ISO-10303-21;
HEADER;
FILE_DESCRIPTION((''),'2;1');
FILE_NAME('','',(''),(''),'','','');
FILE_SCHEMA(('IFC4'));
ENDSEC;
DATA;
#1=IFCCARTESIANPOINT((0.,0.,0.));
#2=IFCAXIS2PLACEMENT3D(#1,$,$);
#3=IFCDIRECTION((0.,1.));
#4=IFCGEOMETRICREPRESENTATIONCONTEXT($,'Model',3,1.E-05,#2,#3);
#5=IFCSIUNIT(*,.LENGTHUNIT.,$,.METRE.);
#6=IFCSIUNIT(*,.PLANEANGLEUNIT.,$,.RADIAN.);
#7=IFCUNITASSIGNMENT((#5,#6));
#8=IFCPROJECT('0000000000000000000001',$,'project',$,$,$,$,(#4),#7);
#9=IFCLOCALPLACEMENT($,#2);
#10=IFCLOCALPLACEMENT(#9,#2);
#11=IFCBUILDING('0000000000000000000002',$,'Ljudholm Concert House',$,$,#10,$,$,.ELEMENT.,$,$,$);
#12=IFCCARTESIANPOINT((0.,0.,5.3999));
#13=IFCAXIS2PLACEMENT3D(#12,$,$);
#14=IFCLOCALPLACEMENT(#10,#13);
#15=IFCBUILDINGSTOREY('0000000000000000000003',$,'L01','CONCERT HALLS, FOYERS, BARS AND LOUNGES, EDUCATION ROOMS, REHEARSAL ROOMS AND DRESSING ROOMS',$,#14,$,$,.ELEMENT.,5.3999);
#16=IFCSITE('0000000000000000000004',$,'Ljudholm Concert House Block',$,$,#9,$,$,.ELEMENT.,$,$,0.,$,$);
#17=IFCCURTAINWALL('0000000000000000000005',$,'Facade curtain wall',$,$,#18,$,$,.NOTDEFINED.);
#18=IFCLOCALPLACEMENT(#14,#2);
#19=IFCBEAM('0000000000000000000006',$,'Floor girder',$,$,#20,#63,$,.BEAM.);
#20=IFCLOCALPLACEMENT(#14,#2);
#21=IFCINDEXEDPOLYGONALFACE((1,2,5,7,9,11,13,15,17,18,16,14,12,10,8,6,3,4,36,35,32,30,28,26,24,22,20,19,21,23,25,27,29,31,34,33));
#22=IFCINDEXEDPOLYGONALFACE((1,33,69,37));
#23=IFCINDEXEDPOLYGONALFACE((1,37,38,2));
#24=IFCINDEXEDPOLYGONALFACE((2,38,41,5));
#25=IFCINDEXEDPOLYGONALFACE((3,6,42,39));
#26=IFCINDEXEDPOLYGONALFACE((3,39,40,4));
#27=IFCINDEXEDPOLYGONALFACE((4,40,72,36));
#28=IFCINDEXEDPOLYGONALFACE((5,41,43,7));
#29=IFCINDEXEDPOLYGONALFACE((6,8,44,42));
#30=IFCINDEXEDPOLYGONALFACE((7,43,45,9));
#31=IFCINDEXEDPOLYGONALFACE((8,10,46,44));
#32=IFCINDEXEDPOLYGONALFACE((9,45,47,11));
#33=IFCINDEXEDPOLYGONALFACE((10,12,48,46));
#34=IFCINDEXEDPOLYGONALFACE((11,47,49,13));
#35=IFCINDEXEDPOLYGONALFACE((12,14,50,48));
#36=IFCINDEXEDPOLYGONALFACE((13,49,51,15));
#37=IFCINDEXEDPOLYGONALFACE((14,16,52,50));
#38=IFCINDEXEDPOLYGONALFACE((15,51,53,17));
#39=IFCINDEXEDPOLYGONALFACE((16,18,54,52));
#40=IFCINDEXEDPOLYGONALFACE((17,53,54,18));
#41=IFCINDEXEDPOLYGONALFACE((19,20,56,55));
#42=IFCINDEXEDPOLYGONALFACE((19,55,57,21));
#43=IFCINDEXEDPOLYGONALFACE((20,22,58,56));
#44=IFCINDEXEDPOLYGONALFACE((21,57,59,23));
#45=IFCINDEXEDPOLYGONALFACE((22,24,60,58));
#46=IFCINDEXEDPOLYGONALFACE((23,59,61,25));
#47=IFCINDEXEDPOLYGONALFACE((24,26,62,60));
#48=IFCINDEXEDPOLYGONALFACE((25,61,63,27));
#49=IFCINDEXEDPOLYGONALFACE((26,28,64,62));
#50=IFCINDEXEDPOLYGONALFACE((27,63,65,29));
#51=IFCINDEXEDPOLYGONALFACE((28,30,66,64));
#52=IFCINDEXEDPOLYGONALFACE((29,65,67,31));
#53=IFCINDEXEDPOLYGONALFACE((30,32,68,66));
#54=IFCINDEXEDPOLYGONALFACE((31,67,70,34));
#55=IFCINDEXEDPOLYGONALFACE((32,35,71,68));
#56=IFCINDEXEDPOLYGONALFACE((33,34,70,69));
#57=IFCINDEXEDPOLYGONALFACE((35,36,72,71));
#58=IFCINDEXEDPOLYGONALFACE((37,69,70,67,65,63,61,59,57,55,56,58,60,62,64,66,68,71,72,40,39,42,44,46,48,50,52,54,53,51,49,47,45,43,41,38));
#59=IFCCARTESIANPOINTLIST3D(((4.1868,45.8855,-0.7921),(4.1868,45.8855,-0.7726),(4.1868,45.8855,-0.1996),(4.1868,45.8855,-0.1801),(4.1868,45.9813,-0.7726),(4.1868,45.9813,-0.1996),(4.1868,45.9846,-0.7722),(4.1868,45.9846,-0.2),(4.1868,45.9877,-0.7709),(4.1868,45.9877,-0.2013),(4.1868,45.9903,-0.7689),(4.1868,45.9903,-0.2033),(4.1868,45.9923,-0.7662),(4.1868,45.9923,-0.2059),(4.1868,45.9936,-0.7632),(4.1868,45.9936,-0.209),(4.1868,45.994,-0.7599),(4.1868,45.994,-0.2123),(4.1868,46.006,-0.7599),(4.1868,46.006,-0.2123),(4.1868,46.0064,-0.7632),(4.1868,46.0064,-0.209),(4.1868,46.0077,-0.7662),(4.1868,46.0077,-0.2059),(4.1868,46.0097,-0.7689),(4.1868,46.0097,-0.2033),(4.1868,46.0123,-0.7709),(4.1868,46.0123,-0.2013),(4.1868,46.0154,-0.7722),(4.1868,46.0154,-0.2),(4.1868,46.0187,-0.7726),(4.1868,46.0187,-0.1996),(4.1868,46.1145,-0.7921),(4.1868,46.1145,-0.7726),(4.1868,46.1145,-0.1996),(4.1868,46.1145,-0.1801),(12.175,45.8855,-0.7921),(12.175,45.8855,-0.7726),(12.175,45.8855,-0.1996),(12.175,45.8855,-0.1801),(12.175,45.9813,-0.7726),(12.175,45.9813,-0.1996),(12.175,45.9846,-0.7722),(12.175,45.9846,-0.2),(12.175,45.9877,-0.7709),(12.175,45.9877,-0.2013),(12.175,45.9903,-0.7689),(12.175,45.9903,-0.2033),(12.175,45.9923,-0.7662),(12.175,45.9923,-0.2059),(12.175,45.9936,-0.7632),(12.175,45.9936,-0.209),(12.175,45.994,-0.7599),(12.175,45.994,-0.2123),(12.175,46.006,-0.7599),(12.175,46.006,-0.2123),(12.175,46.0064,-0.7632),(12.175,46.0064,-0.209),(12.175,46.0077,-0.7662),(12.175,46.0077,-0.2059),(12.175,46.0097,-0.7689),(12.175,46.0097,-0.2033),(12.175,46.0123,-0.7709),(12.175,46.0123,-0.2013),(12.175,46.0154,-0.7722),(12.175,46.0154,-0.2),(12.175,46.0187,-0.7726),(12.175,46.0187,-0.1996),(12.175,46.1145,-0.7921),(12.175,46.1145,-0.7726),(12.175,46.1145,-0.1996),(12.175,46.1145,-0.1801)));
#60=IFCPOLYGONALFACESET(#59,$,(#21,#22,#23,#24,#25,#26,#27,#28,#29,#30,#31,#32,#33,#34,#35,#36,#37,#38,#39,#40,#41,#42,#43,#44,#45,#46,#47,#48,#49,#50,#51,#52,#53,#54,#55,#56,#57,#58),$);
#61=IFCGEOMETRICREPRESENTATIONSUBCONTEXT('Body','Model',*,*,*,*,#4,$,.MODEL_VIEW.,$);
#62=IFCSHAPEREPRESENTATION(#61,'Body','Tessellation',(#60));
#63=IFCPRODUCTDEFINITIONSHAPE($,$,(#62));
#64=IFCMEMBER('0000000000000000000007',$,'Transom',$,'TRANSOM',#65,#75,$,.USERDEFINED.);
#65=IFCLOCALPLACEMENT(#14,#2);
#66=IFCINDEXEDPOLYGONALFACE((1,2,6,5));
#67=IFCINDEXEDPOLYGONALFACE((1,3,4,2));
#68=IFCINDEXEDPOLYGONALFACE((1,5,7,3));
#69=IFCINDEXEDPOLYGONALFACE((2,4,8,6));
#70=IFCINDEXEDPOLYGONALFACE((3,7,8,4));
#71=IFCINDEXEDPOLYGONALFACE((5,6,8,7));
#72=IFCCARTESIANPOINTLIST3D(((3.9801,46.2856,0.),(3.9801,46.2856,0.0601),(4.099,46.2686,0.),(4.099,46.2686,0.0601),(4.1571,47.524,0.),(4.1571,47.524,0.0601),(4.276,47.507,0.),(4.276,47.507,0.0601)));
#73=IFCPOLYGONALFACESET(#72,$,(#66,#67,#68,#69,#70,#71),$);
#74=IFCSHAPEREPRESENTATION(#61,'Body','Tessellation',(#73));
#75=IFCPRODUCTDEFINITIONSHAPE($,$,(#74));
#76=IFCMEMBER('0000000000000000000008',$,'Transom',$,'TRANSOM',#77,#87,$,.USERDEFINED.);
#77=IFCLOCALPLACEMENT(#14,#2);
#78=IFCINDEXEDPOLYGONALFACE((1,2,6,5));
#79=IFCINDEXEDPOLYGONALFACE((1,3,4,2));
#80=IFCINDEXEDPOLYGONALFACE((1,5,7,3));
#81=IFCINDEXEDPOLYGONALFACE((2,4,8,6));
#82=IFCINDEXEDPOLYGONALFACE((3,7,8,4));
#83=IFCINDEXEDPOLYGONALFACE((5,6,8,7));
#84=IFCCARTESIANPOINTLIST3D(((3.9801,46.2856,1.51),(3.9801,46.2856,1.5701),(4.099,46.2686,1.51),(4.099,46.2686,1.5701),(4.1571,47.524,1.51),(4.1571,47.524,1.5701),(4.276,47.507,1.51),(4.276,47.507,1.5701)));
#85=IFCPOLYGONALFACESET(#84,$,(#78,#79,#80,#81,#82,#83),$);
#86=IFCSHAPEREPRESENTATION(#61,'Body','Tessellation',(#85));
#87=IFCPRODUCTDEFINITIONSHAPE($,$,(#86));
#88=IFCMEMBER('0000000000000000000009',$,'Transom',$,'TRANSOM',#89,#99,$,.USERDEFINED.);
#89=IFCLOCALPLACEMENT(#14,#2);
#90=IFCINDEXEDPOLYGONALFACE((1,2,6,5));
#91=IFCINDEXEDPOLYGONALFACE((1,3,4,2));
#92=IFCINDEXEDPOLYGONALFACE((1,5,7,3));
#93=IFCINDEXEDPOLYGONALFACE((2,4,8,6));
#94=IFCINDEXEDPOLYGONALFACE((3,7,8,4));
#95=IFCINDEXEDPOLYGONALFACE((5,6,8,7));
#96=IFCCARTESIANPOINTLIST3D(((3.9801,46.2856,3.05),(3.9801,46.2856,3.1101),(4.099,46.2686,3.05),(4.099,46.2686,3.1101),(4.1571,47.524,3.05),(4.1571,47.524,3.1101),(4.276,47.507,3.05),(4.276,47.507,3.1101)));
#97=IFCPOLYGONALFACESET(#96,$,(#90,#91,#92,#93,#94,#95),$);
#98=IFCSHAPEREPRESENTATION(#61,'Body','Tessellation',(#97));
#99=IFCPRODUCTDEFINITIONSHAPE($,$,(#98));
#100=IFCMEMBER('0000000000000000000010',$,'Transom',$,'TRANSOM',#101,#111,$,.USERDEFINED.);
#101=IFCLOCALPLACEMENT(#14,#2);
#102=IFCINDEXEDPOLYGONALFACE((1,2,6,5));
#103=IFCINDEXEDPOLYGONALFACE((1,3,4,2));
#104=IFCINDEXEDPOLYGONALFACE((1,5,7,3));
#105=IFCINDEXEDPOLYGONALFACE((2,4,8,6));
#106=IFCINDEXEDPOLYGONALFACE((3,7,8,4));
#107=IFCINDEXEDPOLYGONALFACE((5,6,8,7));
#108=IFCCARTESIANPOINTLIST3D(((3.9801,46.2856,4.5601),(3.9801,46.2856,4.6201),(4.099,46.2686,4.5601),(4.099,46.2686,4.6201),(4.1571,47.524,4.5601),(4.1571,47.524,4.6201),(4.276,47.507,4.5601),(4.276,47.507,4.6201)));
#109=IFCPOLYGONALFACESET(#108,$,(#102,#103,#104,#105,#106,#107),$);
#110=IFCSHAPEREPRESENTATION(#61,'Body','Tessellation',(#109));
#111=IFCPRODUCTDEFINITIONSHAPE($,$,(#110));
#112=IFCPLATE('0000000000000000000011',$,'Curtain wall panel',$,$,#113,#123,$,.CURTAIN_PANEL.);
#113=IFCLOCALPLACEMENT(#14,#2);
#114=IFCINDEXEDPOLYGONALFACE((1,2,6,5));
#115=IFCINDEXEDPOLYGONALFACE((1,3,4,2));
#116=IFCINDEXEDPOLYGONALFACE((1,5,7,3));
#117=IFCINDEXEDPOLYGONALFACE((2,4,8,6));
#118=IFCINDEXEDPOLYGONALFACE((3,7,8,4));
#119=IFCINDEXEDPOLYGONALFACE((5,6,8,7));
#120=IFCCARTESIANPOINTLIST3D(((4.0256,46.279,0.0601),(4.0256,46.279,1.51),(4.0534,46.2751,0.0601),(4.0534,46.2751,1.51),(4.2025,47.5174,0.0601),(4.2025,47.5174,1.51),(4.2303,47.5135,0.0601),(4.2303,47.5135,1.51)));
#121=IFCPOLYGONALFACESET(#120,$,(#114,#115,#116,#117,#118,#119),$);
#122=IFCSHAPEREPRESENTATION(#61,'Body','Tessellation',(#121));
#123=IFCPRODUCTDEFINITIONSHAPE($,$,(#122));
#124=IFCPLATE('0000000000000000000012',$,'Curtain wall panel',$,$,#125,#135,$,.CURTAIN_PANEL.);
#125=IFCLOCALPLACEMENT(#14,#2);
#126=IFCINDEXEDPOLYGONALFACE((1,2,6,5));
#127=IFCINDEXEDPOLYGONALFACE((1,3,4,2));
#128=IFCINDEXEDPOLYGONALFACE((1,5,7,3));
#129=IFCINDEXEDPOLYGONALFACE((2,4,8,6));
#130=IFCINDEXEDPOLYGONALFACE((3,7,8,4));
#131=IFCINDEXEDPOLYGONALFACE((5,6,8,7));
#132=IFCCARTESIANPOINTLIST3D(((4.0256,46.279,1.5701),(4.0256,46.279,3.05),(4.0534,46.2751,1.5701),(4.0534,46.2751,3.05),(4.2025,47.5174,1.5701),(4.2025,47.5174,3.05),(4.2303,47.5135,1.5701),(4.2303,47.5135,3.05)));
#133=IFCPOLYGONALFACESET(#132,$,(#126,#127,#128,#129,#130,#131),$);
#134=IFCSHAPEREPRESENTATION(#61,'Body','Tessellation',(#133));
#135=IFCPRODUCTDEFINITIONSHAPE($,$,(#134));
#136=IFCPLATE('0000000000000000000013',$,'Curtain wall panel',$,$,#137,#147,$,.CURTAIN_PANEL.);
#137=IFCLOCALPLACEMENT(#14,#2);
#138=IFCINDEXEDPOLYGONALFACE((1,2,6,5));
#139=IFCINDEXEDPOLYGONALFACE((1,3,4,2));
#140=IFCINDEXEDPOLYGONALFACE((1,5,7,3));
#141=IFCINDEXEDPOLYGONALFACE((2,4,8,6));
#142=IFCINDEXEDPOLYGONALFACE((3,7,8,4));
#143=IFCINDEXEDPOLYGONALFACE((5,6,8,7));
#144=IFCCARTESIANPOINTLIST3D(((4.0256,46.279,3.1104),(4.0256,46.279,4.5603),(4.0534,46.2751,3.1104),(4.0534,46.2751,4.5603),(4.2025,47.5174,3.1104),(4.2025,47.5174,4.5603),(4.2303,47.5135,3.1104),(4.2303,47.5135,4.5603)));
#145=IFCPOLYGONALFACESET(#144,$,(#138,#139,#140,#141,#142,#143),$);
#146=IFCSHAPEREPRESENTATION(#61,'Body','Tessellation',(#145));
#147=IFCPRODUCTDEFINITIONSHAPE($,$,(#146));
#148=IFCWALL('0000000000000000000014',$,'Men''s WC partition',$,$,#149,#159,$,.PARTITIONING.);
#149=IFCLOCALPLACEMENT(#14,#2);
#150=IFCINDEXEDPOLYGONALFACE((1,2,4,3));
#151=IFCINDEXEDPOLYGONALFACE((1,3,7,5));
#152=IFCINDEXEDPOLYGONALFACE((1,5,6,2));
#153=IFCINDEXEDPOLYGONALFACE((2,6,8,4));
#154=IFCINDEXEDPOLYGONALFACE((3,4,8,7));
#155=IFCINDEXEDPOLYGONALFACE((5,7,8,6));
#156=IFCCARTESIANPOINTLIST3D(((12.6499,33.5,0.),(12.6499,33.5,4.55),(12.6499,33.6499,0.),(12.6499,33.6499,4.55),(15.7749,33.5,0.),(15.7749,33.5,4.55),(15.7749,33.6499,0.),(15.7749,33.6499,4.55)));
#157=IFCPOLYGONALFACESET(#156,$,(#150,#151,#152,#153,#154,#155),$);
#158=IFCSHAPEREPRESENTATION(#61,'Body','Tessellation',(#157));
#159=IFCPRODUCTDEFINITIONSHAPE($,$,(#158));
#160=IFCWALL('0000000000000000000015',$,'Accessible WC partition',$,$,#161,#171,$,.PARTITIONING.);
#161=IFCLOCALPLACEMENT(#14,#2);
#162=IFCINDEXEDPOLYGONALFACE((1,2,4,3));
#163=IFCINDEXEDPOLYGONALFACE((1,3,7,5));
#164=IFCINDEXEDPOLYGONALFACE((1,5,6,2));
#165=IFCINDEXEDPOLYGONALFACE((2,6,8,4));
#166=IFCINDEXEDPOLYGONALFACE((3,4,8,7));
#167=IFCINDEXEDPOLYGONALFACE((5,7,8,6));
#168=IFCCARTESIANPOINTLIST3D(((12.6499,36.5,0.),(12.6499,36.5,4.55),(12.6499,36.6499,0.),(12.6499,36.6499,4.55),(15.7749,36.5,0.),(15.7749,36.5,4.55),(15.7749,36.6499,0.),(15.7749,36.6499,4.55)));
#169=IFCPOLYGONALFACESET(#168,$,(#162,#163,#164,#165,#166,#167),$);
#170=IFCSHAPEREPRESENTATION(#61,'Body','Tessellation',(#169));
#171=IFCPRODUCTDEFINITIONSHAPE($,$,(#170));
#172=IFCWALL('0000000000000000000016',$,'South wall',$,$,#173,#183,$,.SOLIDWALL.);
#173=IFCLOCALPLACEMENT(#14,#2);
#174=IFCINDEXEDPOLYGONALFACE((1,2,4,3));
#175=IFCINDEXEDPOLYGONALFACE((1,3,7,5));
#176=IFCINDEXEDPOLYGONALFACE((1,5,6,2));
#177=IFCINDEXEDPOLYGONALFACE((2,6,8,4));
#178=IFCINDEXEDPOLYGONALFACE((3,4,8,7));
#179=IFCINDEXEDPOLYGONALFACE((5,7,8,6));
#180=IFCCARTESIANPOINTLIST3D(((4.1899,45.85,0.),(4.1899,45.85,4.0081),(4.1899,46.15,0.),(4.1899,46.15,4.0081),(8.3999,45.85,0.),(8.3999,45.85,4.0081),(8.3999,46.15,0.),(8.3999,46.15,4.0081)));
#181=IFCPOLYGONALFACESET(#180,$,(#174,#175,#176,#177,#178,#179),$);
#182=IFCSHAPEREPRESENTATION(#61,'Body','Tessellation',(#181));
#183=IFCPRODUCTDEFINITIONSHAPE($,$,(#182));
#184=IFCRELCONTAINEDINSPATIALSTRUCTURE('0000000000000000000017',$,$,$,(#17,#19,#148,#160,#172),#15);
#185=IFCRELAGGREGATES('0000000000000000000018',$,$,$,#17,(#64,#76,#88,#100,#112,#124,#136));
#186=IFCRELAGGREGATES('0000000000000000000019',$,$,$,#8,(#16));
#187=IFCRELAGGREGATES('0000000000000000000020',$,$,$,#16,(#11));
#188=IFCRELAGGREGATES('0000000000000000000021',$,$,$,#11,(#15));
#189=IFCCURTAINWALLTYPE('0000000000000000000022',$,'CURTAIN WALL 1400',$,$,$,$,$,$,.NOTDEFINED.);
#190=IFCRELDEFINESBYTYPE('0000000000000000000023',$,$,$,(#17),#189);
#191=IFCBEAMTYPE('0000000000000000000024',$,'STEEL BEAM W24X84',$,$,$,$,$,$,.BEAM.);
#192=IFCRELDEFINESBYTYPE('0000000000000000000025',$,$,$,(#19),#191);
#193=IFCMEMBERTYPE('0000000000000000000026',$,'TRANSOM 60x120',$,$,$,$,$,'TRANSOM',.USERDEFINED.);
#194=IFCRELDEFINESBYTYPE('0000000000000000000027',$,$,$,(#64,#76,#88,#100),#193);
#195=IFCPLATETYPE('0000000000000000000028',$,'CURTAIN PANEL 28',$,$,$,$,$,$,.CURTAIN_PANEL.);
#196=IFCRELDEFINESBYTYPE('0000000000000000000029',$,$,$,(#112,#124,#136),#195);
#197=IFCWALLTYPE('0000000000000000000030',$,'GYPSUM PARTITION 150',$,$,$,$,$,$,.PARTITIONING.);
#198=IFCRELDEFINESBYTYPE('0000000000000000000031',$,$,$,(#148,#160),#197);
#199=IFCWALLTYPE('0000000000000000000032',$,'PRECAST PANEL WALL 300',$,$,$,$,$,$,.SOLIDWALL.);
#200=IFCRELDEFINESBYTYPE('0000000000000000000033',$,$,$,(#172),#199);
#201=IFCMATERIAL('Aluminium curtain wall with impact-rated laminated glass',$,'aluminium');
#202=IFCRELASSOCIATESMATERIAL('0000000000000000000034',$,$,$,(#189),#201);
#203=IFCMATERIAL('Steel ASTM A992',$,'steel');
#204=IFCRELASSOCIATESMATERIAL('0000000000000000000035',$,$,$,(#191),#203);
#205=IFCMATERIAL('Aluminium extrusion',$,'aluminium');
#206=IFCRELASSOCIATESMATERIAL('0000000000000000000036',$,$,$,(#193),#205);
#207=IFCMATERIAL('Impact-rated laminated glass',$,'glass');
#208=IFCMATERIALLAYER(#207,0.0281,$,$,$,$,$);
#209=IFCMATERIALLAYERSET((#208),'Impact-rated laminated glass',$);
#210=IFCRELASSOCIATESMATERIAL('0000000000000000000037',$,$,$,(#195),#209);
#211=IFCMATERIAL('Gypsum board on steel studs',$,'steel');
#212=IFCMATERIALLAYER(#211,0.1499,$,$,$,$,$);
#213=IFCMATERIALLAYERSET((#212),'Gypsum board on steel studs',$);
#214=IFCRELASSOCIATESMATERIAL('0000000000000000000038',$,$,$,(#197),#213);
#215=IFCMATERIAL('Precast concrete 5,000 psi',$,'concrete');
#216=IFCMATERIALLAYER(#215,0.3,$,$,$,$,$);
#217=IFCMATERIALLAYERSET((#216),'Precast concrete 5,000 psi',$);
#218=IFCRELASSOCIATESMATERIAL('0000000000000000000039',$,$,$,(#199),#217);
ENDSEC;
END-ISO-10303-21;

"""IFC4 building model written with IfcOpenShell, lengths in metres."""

from ifc_helpers import new_model, si_unit, direction, frame, frame_2d, origin, origin_2d, place, context, subcontext, project, spatial, rectangle, i_section, extrude, material, layer, layer_set, material_profile, profile_set, type_object, element, aggregate, save


model = new_model("IFC4")

# Units and contexts
model_context = context("Model", 3, precision=1e-05, world=origin(), true_north=direction((0.0, 1.0)))
body_context = subcontext(model_context, "Body", "Model", "MODEL_VIEW")
ifc_project = project(units=[si_unit("LENGTHUNIT", "METRE"), si_unit("PLANEANGLEUNIT", "RADIAN")], contexts=[model_context])

# Site, building, storey
site_placement = place(None, origin())
site = spatial("IfcSite", under=ifc_project, at=site_placement, Name="Ljudholm Concert House Block", CompositionType="ELEMENT", RefElevation=0.0)
building_placement = place(site_placement, origin())
building = spatial("IfcBuilding", under=site, at=building_placement, Name="Ljudholm Concert House", CompositionType="ELEMENT")
storey_placement = place(building_placement, frame((0.0, 0.0, 5.3999)))
storey = spatial("IfcBuildingStorey", under=building, at=storey_placement, Name="L01", Description="CONCERT HALLS, FOYERS, BARS AND LOUNGES, EDUCATION ROOMS, REHEARSAL ROOMS AND DRESSING ROOMS", CompositionType="ELEMENT", Elevation=5.3999)

# Curtain wall
ifc_material_1 = material(Name="Aluminium curtain wall with impact-rated laminated glass", Category="aluminium")
curtain_wall_type = type_object("IfcCurtainWallType", Name="CURTAIN WALL 1400", PredefinedType="NOTDEFINED", material=ifc_material_1)
curtain_wall_placement = place(storey_placement, origin())
curtain_wall = element("IfcCurtainWall", 1, at=curtain_wall_placement, inside=storey, type_object=curtain_wall_type, Name="Facade curtain wall", PredefinedType="NOTDEFINED")

# Beam
ifc_material_2 = material(Name="Steel ASTM A992", Category="steel")
ifc_material_profile_1 = material_profile(ifc_material_2, i_section(OverallWidth=0.229, OverallDepth=0.6121, WebThickness=0.012, FlangeThickness=0.0195, FilletRadius=0.0127, at=origin_2d()), Name="W24X84")
ifc_profile_set_1 = profile_set([ifc_material_profile_1], Name="Steel ASTM A992")
beam_type_1 = type_object("IfcBeamType", Name="STEEL BEAM W24X84", PredefinedType="BEAM", material=ifc_profile_set_1)
beam_1_placement = place(storey_placement, frame((4.1868, 46.0, -0.4861), z_axis=(1.0, 0.0, 0.0), x_axis=(0.0, 1.0, 0.0)))
element("IfcBeam", 2, at=beam_1_placement, inside=storey, type_object=beam_type_1, Name="Floor girder", PredefinedType="BEAM", context=body_context, shape_type="SweptSolid", body=[
    extrude(i_section(OverallWidth=0.229, OverallDepth=0.6121, WebThickness=0.012, FlangeThickness=0.0195, FilletRadius=0.0127, at=origin_2d()), origin(), (0.0, 0.0, 1.0), 7.9883),
])

# Members
ifc_material_3 = material(Name="Aluminium extrusion", Category="aluminium")
ifc_material_profile_2 = material_profile(ifc_material_3, rectangle(XDim=0.1201, YDim=0.0601, at=origin_2d()), Name="TRANSOM 60x120")
ifc_profile_set_2 = profile_set([ifc_material_profile_2], Name="Aluminium extrusion")
member_type_1 = type_object("IfcMemberType", Name="TRANSOM 60x120", ElementType="TRANSOM", PredefinedType="USERDEFINED", material=ifc_profile_set_2)
member_1_placement = place(storey_placement, frame((4.0396, 46.2771, 0.03), z_axis=(0.141503, 0.989938, 0.0), x_axis=(-0.989938, 0.141503, 0.0)))
member_1 = element("IfcMember", 3, at=member_1_placement, type_object=member_type_1, Name="Transom", ObjectType="TRANSOM", PredefinedType="USERDEFINED", context=body_context, shape_type="SweptSolid", body=[
    extrude(rectangle(XDim=0.1201, YDim=0.0601, at=origin_2d()), origin(), (0.0, 0.0, 1.0), 1.251),
])
member_2_placement = place(storey_placement, frame((4.0396, 46.2771, 1.54), z_axis=(0.141503, 0.989938, 0.0), x_axis=(-0.989938, 0.141503, 0.0)))
member_2 = element("IfcMember", 4, at=member_2_placement, type_object=member_type_1, Name="Transom", ObjectType="TRANSOM", PredefinedType="USERDEFINED", context=body_context, shape_type="SweptSolid", body=[
    extrude(rectangle(XDim=0.1201, YDim=0.0601, at=origin_2d()), origin(), (0.0, 0.0, 1.0), 1.251),
])
member_3_placement = place(storey_placement, frame((4.0396, 46.2771, 3.0801), z_axis=(0.141503, 0.989938, 0.0), x_axis=(-0.989938, 0.141503, 0.0)))
member_3 = element("IfcMember", 5, at=member_3_placement, type_object=member_type_1, Name="Transom", ObjectType="TRANSOM", PredefinedType="USERDEFINED", context=body_context, shape_type="SweptSolid", body=[
    extrude(rectangle(XDim=0.1201, YDim=0.0601, at=origin_2d()), origin(), (0.0, 0.0, 1.0), 1.251),
])
member_4_placement = place(storey_placement, frame((4.0396, 46.2771, 4.5901), z_axis=(0.141503, 0.989938, 0.0), x_axis=(-0.989938, 0.141503, 0.0)))
member_4 = element("IfcMember", 6, at=member_4_placement, type_object=member_type_1, Name="Transom", ObjectType="TRANSOM", PredefinedType="USERDEFINED", context=body_context, shape_type="SweptSolid", body=[
    extrude(rectangle(XDim=0.1201, YDim=0.0601, at=origin_2d()), origin(), (0.0, 0.0, 1.0), 1.251),
])

# Plates
ifc_material_4 = material(Name="Impact-rated laminated glass", Category="glass")
ifc_layer_1 = layer(ifc_material_4, 0.0281)
ifc_layer_set_1 = layer_set([ifc_layer_1], Name="Impact-rated laminated glass")
plate_type = type_object("IfcPlateType", Name="CURTAIN PANEL 28", PredefinedType="CURTAIN_PANEL", material=ifc_layer_set_1)
plate_1_placement = place(storey_placement, frame((4.1279, 46.8962, 0.0601), z_axis=(0.0, 0.0, 1.0), x_axis=(0.141421, 0.989949, 0.0)))
plate_1 = element("IfcPlate", 7, at=plate_1_placement, type_object=plate_type, Name="Curtain wall panel", PredefinedType="CURTAIN_PANEL", context=body_context, shape_type="SweptSolid", body=[
    extrude(rectangle(XDim=1.251, YDim=0.0281, at=origin_2d()), origin(), (0.0, 0.0, 1.0), 1.45),
])
plate_2_placement = place(storey_placement, frame((4.1279, 46.8962, 1.5701), z_axis=(0.0, 0.0, 1.0), x_axis=(0.141421, 0.989949, 0.0)))
plate_2 = element("IfcPlate", 8, at=plate_2_placement, type_object=plate_type, Name="Curtain wall panel", PredefinedType="CURTAIN_PANEL", context=body_context, shape_type="SweptSolid", body=[
    extrude(rectangle(XDim=1.251, YDim=0.0281, at=origin_2d()), origin(), (0.0, 0.0, 1.0), 1.48),
])
plate_3_placement = place(storey_placement, frame((4.1279, 46.8962, 3.1104), z_axis=(0.0, 0.0, 1.0), x_axis=(0.141421, 0.989949, 0.0)))
plate_3 = element("IfcPlate", 9, at=plate_3_placement, type_object=plate_type, Name="Curtain wall panel", PredefinedType="CURTAIN_PANEL", context=body_context, shape_type="SweptSolid", body=[
    extrude(rectangle(XDim=1.251, YDim=0.0281, at=origin_2d()), origin(), (0.0, 0.0, 1.0), 1.45),
])
aggregate(curtain_wall, [member_1, member_2, member_3, member_4, plate_1, plate_2, plate_3])

# Walls
ifc_material_5 = material(Name="Gypsum board on steel studs", Category="steel")
ifc_layer_2 = layer(ifc_material_5, 0.1499)
ifc_layer_set_2 = layer_set([ifc_layer_2], Name="Gypsum board on steel studs")
wall_type_1 = type_object("IfcWallType", Name="GYPSUM PARTITION 150", PredefinedType="PARTITIONING", material=ifc_layer_set_2)
for number, where, z_axis, x_axis, name in (
    (10, (12.6499, 33.575, 0.0), (0.0, 0.0, 1.0), (1.0, 0.0, 0.0), "Men's WC partition"),
    (11, (12.6499, 36.575, 0.0), (0.0, 0.0, 1.0), (1.0, 0.0, 0.0), "Accessible WC partition"),
):
    element("IfcWall", number, at=place(storey_placement, frame(where, z_axis=z_axis, x_axis=x_axis)), inside=storey, type_object=wall_type_1, Name=name, PredefinedType="PARTITIONING", context=body_context, shape_type="SweptSolid", body=[
        extrude(rectangle(XDim=3.125, YDim=0.1499, at=frame_2d((1.5625, 0.0))), origin(), (0.0, 0.0, 1.0), 4.55),
    ])
ifc_material_6 = material(Name="Precast concrete 5,000 psi", Category="concrete")
ifc_layer_3 = layer(ifc_material_6, 0.3)
ifc_layer_set_3 = layer_set([ifc_layer_3], Name="Precast concrete 5,000 psi")
wall_type_2 = type_object("IfcWallType", Name="PRECAST PANEL WALL 300", PredefinedType="SOLIDWALL", material=ifc_layer_set_3)
wall_1_placement = place(storey_placement, frame((4.1899, 46.0, 0.0), z_axis=(0.0, 0.0, 1.0), x_axis=(1.0, 0.0, 0.0)))
element("IfcWall", 12, at=wall_1_placement, inside=storey, type_object=wall_type_2, Name="South wall", PredefinedType="SOLIDWALL", context=body_context, shape_type="SweptSolid", body=[
    extrude(rectangle(XDim=4.21, YDim=0.3, at=frame_2d((2.105, 0.0))), origin(), (0.0, 0.0, 1.0), 4.0081),
])

save(model, "model.ifc")
